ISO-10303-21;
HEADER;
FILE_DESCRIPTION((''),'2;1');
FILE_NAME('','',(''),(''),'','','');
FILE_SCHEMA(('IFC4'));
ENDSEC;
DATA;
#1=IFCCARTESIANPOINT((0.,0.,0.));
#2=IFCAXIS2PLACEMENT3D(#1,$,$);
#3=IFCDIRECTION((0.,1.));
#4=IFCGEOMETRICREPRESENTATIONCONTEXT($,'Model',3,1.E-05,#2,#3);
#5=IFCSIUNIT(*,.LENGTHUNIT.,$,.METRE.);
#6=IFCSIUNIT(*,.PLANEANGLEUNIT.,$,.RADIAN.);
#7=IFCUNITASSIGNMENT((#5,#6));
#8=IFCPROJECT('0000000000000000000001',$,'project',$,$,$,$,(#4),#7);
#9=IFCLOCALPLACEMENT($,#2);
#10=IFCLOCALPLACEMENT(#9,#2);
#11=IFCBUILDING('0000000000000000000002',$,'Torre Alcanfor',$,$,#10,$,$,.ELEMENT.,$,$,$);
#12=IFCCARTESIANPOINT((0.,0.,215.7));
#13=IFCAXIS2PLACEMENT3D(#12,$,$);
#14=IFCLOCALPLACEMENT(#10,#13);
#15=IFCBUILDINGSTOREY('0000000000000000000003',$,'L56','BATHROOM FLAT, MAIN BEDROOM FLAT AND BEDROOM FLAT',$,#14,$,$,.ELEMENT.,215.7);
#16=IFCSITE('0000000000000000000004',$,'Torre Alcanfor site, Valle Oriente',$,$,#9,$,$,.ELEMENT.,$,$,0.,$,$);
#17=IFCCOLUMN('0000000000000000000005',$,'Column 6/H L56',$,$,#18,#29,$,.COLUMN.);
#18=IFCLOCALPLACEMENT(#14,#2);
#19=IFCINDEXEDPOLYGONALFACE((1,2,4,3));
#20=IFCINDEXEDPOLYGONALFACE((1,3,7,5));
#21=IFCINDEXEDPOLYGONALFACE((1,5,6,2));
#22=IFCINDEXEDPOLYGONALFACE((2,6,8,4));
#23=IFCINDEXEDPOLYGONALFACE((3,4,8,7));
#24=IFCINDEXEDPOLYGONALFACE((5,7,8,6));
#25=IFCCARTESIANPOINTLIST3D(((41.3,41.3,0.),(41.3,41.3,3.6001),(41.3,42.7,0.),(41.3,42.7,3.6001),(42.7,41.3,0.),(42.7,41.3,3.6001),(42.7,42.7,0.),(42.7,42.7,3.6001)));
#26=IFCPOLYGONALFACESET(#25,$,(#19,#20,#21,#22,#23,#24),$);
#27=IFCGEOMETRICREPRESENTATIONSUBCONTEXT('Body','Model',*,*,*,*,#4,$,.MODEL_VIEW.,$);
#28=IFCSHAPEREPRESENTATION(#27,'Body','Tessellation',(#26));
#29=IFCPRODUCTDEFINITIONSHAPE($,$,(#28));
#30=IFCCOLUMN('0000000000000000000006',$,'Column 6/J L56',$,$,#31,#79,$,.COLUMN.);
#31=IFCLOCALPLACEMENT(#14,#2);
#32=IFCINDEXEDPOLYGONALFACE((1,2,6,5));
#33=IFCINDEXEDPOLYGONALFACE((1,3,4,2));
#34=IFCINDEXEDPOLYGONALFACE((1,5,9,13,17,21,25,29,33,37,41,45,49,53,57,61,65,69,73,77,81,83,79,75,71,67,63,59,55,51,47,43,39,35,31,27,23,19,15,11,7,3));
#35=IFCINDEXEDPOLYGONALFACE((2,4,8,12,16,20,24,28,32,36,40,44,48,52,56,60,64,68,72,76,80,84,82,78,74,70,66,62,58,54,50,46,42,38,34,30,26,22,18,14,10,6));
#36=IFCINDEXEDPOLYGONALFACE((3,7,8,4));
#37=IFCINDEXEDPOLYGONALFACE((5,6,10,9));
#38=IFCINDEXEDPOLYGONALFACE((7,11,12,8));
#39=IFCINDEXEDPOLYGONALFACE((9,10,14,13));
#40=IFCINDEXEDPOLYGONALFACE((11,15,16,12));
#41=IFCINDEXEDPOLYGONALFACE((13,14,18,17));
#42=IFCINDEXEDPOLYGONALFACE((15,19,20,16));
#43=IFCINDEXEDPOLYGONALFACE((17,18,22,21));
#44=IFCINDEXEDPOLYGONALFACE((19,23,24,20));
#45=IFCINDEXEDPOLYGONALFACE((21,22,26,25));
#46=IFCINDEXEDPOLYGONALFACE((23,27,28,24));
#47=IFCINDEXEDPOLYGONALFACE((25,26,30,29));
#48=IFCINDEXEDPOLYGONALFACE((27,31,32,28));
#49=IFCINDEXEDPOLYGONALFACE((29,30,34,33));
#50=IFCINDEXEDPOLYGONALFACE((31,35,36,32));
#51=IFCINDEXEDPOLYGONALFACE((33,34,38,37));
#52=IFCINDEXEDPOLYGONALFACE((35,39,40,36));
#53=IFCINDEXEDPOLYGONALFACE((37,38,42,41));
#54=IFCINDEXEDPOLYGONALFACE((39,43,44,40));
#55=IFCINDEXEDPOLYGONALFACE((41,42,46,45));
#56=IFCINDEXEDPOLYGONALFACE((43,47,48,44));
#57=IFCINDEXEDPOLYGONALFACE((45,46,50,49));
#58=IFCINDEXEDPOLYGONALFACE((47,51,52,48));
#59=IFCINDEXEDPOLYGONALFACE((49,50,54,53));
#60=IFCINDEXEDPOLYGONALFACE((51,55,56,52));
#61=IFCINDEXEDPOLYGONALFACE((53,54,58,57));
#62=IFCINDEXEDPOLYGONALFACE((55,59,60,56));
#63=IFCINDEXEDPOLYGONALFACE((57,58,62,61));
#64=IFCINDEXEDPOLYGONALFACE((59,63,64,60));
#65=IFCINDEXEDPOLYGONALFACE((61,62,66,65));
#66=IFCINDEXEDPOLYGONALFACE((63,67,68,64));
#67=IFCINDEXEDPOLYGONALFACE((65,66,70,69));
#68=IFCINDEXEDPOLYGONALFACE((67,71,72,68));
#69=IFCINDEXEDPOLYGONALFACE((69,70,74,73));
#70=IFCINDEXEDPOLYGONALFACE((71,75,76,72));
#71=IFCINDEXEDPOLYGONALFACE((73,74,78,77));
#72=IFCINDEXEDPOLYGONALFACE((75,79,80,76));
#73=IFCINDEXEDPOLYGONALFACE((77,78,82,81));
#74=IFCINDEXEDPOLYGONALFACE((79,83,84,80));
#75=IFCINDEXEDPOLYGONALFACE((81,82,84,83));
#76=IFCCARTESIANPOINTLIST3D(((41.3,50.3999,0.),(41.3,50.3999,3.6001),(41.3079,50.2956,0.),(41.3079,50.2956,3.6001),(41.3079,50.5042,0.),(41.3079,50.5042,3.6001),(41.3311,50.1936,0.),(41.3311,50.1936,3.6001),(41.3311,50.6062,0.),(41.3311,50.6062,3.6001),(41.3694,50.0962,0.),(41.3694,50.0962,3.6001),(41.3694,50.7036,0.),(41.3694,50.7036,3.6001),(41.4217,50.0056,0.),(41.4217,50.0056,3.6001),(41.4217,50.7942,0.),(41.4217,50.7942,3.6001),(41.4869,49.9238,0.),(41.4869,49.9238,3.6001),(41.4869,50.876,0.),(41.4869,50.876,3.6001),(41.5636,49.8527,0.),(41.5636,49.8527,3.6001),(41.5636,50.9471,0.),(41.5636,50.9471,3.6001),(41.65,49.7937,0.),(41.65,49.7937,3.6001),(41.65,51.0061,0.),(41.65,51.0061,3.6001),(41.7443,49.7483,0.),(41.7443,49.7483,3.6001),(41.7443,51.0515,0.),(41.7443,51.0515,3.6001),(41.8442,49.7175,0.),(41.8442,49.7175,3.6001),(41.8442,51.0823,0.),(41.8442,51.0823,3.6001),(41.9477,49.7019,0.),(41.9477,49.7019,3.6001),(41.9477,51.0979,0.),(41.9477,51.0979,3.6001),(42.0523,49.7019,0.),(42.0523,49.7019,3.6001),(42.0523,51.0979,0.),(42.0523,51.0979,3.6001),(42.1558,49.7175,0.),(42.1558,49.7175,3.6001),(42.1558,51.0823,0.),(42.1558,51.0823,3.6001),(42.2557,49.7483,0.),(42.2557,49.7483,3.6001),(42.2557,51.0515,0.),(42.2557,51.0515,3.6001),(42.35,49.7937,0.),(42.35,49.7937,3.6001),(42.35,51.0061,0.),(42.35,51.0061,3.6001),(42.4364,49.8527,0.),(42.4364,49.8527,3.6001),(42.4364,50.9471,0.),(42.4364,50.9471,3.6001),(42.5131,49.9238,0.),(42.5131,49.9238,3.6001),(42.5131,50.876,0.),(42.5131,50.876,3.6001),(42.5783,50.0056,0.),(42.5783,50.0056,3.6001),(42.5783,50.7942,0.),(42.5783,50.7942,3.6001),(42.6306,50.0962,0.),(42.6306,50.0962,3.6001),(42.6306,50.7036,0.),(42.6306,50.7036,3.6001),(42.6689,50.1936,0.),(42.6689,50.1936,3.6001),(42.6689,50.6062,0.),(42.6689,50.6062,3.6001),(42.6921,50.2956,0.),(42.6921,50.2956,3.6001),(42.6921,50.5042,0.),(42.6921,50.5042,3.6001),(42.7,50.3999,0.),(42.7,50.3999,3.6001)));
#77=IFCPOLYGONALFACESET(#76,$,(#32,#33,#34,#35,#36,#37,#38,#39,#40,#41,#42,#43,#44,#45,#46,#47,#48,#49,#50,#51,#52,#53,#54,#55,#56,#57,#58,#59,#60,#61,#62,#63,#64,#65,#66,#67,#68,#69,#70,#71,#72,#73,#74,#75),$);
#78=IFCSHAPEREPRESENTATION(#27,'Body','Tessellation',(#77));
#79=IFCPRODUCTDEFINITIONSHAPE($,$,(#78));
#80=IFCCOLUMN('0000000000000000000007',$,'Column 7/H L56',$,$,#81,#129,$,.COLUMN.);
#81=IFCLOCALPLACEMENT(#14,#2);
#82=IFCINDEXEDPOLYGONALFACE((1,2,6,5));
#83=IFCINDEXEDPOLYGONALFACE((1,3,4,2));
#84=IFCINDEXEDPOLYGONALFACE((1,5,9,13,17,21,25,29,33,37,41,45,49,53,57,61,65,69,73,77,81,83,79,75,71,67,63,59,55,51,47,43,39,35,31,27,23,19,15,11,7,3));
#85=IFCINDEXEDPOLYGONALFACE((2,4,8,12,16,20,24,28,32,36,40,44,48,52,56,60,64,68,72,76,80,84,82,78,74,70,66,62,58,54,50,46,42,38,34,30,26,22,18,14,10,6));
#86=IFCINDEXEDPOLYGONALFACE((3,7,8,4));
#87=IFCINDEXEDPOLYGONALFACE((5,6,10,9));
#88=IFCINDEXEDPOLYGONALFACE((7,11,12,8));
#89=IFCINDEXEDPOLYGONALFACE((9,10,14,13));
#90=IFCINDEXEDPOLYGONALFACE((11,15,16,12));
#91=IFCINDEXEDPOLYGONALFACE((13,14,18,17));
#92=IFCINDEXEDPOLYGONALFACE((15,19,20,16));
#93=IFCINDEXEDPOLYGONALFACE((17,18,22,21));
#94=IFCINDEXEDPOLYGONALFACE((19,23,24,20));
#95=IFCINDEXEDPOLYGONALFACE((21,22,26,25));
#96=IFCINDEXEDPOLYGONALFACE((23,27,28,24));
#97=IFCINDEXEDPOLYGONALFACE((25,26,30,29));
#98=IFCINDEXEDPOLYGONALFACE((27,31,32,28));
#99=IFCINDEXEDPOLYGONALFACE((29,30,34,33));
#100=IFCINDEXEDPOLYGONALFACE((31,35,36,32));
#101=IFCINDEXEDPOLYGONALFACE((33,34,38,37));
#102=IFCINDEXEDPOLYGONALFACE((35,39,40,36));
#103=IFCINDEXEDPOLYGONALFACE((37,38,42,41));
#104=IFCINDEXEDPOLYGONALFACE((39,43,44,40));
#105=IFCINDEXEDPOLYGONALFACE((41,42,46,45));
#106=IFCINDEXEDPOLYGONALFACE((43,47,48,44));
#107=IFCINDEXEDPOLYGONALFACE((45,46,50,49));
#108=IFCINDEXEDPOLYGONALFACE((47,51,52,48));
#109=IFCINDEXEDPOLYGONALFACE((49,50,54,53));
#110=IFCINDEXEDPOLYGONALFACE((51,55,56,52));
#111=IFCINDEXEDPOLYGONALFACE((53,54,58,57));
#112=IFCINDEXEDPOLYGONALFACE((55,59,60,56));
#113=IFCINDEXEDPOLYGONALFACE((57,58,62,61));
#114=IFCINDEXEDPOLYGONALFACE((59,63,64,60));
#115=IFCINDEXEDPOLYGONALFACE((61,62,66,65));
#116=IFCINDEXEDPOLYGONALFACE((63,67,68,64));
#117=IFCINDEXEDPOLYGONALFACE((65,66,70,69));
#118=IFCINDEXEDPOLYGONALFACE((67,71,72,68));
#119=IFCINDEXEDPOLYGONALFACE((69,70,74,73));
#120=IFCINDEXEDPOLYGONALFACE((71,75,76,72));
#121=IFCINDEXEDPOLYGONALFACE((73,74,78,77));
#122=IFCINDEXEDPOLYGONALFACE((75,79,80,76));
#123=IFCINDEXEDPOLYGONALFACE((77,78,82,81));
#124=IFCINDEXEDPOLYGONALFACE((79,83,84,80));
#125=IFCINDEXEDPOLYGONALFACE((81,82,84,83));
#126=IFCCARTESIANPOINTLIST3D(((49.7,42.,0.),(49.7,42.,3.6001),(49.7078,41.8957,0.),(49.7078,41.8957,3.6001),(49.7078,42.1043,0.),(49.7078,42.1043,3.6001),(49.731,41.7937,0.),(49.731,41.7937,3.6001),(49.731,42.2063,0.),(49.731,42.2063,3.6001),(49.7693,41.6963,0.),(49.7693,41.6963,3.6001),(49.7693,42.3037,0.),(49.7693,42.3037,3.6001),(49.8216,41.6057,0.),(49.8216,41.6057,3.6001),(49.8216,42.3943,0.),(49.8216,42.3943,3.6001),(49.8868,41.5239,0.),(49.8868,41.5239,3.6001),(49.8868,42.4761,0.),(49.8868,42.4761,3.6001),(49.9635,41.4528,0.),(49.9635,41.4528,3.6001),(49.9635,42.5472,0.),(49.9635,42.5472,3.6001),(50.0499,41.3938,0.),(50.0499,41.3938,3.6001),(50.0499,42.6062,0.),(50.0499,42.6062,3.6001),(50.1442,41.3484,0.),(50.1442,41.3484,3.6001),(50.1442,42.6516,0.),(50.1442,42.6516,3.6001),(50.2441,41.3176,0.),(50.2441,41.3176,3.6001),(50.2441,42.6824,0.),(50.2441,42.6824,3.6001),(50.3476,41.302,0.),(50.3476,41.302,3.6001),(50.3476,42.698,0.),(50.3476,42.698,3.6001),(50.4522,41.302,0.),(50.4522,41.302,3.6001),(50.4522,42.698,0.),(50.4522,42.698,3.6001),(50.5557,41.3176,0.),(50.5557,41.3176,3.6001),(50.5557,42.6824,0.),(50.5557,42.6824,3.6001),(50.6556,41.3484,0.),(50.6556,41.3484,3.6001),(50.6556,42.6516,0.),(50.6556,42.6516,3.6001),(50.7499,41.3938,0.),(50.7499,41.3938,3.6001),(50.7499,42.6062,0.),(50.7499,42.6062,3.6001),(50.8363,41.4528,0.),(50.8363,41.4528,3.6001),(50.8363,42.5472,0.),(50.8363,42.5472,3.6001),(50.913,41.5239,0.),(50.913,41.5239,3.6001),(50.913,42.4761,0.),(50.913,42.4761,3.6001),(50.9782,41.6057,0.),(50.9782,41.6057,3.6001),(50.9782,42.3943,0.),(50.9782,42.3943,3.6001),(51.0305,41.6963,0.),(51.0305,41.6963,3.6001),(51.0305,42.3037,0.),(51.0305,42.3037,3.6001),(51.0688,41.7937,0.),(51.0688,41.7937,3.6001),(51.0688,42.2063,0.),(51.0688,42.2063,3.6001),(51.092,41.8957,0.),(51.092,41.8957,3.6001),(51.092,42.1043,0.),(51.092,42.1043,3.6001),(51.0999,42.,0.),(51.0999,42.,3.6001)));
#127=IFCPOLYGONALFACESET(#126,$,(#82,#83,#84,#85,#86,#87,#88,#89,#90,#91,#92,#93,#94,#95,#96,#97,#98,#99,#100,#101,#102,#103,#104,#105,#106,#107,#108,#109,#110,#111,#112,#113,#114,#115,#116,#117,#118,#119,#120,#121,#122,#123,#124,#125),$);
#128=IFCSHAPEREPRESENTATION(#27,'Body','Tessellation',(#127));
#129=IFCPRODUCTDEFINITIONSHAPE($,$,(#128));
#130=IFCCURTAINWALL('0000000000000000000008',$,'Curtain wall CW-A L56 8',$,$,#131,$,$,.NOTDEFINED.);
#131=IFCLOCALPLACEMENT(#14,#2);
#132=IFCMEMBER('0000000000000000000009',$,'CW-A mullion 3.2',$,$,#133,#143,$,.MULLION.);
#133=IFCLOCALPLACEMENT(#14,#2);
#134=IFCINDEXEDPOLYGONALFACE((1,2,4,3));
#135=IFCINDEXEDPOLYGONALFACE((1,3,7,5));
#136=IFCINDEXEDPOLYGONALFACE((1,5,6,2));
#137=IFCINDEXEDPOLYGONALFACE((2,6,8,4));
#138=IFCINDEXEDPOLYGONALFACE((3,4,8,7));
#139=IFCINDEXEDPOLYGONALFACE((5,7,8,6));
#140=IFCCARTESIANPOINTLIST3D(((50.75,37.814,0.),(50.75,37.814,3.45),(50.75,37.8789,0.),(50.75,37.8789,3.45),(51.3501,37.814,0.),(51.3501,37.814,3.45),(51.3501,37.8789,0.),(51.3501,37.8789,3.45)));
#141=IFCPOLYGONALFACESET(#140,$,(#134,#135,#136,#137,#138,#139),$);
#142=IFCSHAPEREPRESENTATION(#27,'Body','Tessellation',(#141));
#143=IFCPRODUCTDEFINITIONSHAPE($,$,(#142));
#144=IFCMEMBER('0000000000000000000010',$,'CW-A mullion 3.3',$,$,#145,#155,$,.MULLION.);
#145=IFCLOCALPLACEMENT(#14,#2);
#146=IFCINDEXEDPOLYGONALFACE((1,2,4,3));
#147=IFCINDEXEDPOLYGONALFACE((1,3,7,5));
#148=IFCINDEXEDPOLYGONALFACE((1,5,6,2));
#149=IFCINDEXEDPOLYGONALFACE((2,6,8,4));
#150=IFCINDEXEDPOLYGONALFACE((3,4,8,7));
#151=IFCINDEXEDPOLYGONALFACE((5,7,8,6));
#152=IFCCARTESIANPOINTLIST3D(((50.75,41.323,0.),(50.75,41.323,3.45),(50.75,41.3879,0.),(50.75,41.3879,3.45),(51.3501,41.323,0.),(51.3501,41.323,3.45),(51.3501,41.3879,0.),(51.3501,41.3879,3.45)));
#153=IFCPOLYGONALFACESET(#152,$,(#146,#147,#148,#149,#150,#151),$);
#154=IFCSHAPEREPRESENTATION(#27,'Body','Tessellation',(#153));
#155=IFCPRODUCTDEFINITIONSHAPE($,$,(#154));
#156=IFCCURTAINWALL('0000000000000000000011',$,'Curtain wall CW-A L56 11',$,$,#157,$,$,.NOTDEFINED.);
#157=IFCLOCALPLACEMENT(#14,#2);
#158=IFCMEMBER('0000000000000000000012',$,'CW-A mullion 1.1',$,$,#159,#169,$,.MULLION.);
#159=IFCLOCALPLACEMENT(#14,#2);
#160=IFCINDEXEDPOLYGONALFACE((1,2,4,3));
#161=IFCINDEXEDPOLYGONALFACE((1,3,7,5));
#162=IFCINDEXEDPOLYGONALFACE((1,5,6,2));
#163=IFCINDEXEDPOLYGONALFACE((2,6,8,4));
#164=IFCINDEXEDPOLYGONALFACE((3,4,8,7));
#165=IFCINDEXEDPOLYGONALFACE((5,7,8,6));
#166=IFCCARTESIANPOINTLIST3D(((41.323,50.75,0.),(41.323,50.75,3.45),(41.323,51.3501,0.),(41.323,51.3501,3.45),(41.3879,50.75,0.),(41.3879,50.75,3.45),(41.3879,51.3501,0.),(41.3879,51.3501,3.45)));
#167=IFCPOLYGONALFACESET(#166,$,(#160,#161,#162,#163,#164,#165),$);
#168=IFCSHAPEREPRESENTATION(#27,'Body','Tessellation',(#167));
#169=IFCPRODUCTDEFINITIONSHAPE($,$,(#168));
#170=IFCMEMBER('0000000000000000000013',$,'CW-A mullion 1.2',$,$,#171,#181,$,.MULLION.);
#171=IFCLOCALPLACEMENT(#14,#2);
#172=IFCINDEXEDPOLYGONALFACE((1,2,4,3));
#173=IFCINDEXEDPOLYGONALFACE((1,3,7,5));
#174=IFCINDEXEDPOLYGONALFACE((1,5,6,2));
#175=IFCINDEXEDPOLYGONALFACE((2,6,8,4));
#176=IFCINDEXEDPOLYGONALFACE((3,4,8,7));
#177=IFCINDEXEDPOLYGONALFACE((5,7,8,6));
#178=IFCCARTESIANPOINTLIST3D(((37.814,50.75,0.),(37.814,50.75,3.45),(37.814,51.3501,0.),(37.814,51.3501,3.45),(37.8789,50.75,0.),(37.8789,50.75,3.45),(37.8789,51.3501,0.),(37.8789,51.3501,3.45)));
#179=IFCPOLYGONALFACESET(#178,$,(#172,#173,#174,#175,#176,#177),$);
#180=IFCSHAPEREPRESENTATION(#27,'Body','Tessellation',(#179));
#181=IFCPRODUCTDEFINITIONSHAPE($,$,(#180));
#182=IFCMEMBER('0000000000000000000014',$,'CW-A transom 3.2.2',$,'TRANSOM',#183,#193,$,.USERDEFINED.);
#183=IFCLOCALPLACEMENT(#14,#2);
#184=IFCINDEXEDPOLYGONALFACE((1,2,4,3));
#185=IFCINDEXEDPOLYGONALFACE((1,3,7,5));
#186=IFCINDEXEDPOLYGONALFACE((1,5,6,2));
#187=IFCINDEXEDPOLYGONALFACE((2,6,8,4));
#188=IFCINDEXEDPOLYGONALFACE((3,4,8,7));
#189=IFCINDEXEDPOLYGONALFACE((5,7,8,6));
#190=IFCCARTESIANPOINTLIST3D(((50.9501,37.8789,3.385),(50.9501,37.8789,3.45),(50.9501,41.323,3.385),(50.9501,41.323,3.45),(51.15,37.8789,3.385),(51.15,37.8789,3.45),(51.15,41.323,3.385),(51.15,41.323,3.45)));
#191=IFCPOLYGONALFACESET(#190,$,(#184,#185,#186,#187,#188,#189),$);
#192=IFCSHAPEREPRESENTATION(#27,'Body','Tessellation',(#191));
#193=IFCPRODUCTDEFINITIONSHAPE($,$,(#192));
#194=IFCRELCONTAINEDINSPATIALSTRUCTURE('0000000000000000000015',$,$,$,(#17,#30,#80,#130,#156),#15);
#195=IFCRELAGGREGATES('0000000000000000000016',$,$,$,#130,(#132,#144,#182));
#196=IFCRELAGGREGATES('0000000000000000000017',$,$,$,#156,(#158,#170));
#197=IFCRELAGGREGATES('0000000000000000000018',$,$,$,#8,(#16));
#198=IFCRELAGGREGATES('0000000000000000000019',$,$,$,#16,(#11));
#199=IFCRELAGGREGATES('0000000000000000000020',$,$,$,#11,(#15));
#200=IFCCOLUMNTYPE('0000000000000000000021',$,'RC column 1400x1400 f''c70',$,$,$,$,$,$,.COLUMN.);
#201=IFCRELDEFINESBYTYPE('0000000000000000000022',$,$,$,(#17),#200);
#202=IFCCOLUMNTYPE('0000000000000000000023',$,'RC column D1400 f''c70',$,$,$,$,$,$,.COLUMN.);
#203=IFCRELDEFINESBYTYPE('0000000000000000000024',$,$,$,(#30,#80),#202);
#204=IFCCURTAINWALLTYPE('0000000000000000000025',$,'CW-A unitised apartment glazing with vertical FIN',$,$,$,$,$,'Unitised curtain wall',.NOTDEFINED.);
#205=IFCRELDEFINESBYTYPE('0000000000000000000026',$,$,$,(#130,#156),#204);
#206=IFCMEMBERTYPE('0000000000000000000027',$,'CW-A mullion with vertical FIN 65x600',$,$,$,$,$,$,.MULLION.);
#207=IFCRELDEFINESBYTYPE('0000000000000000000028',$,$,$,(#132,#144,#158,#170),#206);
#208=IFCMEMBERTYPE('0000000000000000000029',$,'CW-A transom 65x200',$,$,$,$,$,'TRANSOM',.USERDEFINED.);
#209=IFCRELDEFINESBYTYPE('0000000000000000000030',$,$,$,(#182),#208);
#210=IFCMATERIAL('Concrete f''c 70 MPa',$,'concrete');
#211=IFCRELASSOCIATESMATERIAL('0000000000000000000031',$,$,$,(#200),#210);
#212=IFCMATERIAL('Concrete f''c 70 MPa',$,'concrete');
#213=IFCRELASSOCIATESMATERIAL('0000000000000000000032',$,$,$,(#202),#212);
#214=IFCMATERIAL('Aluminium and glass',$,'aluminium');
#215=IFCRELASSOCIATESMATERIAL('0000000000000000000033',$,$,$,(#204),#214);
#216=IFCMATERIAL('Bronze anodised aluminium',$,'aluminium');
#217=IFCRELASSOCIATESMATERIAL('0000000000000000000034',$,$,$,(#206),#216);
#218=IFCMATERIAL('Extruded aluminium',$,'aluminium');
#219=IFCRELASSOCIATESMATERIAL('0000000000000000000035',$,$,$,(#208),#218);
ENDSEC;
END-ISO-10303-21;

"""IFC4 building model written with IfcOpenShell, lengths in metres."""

from ifc_helpers import new_model, si_unit, direction, frame, origin, origin_2d, place, context, subcontext, project, spatial, rectangle, circle, extrude, material, material_profile, profile_set, type_object, element, aggregate, save


model = new_model("IFC4")

# Units and contexts
model_context = context("Model", 3, precision=1e-05, world=origin(), true_north=direction((0.0, 1.0)))
body_context = subcontext(model_context, "Body", "Model", "MODEL_VIEW")
ifc_project = project(units=[si_unit("LENGTHUNIT", "METRE"), si_unit("PLANEANGLEUNIT", "RADIAN")], contexts=[model_context])

# Site, building, storey
site_placement = place(None, origin())
site = spatial("IfcSite", under=ifc_project, at=site_placement, Name="Torre Alcanfor site, Valle Oriente", CompositionType="ELEMENT", RefElevation=0.0)
building_placement = place(site_placement, origin())
building = spatial("IfcBuilding", under=site, at=building_placement, Name="Torre Alcanfor", CompositionType="ELEMENT")
storey_placement = place(building_placement, frame((0.0, 0.0, 215.7)))
storey = spatial("IfcBuildingStorey", under=building, at=storey_placement, Name="L56", Description="BATHROOM FLAT, MAIN BEDROOM FLAT AND BEDROOM FLAT", CompositionType="ELEMENT", Elevation=215.7)

# Columns
ifc_material_1 = material(Name="Concrete f'c 70 MPa", Category="concrete")
ifc_material_profile_1 = material_profile(ifc_material_1, rectangle(XDim=1.3999, YDim=1.3999, at=origin_2d()), Name="1400x1400")
ifc_profile_set_1 = profile_set([ifc_material_profile_1], Name="Concrete f'c 70 MPa")
column_type_1 = type_object("IfcColumnType", Name="RC column 1400x1400 f'c70", PredefinedType="COLUMN", material=ifc_profile_set_1)
column_placement = place(storey_placement, frame((42.0, 42.0, 0.0), z_axis=(0.0, 0.0, 1.0), x_axis=(1.0, 0.0, 0.0)))
element("IfcColumn", 1, at=column_placement, inside=storey, type_object=column_type_1, Name="Column 6/H L56", PredefinedType="COLUMN", context=body_context, shape_type="SweptSolid", body=[
    extrude(rectangle(XDim=1.3999, YDim=1.3999, at=origin_2d()), origin(), (0.0, 0.0, 1.0), 3.6001),
])
ifc_material_2 = material(Name="Concrete f'c 70 MPa", Category="concrete")
ifc_material_profile_2 = material_profile(ifc_material_2, circle(Radius=0.7, at=origin_2d()), Name="D1400")
ifc_profile_set_2 = profile_set([ifc_material_profile_2], Name="Concrete f'c 70 MPa")
column_type_2 = type_object("IfcColumnType", Name="RC column D1400 f'c70", PredefinedType="COLUMN", material=ifc_profile_set_2)
for number, where, z_axis, x_axis, name in (
    (2, (42.0, 50.3999, 0.0), (0.0, 0.0, 1.0), (1.0, 0.0, 0.0), "Column 6/J L56"),
    (3, (50.3999, 42.0, 0.0), (0.0, 0.0, 1.0), (1.0, 0.0, 0.0), "Column 7/H L56"),
):
    element("IfcColumn", number, at=place(storey_placement, frame(where, z_axis=z_axis, x_axis=x_axis)), inside=storey, type_object=column_type_2, Name=name, PredefinedType="COLUMN", context=body_context, shape_type="SweptSolid", body=[
        extrude(circle(Radius=0.7, at=origin_2d()), origin(), (0.0, 0.0, 1.0), 3.6001),
    ])

# Curtain walls, members
ifc_material_3 = material(Name="Aluminium and glass", Category="aluminium")
curtain_wall_type = type_object("IfcCurtainWallType", Name="CW-A unitised apartment glazing with vertical FIN", ElementType="Unitised curtain wall", PredefinedType="NOTDEFINED", material=ifc_material_3)
curtain_wall_1_placement = place(storey_placement, origin())
curtain_wall_1 = element("IfcCurtainWall", 4, at=curtain_wall_1_placement, inside=storey, type_object=curtain_wall_type, Name="Curtain wall CW-A L56 8", PredefinedType="NOTDEFINED")
ifc_material_4 = material(Name="Bronze anodised aluminium", Category="aluminium")
ifc_material_profile_3 = material_profile(ifc_material_4, rectangle(XDim=0.6001, YDim=0.0649, at=origin_2d()), Name="CW-A mullion 65x600")
ifc_profile_set_3 = profile_set([ifc_material_profile_3], Name="Bronze anodised aluminium")
member_type_1 = type_object("IfcMemberType", Name="CW-A mullion with vertical FIN 65x600", PredefinedType="MULLION", material=ifc_profile_set_3)
member_1_placement = place(storey_placement, frame((51.05, 37.8464, 0.0), z_axis=(0.0, 0.0, 1.0), x_axis=(-1.0, 0.0, 0.0)))
member_1 = element("IfcMember", 5, at=member_1_placement, type_object=member_type_1, Name="CW-A mullion 3.2", PredefinedType="MULLION", context=body_context, shape_type="SweptSolid", body=[
    extrude(rectangle(XDim=0.6001, YDim=0.0649, at=origin_2d()), origin(), (0.0, 0.0, 1.0), 3.45),
])
member_2_placement = place(storey_placement, frame((51.05, 41.3555, 0.0), z_axis=(0.0, 0.0, 1.0), x_axis=(-1.0, 0.0, 0.0)))
member_2 = element("IfcMember", 6, at=member_2_placement, type_object=member_type_1, Name="CW-A mullion 3.3", PredefinedType="MULLION", context=body_context, shape_type="SweptSolid", body=[
    extrude(rectangle(XDim=0.6001, YDim=0.0649, at=origin_2d()), origin(), (0.0, 0.0, 1.0), 3.45),
])
curtain_wall_2_placement = place(storey_placement, origin())
curtain_wall_2 = element("IfcCurtainWall", 7, at=curtain_wall_2_placement, inside=storey, type_object=curtain_wall_type, Name="Curtain wall CW-A L56 11", PredefinedType="NOTDEFINED")
member_3_placement = place(storey_placement, frame((41.3555, 51.05, 0.0), z_axis=(0.0, 0.0, 1.0), x_axis=(0.0, -1.0, 0.0)))
member_3 = element("IfcMember", 8, at=member_3_placement, type_object=member_type_1, Name="CW-A mullion 1.1", PredefinedType="MULLION", context=body_context, shape_type="SweptSolid", body=[
    extrude(rectangle(XDim=0.6001, YDim=0.0649, at=origin_2d()), origin(), (0.0, 0.0, 1.0), 3.45),
])
member_4_placement = place(storey_placement, frame((37.8464, 51.05, 0.0), z_axis=(0.0, 0.0, 1.0), x_axis=(0.0, -1.0, 0.0)))
member_4 = element("IfcMember", 9, at=member_4_placement, type_object=member_type_1, Name="CW-A mullion 1.2", PredefinedType="MULLION", context=body_context, shape_type="SweptSolid", body=[
    extrude(rectangle(XDim=0.6001, YDim=0.0649, at=origin_2d()), origin(), (0.0, 0.0, 1.0), 3.45),
])

# Member
ifc_material_5 = material(Name="Extruded aluminium", Category="aluminium")
ifc_material_profile_4 = material_profile(ifc_material_5, rectangle(XDim=0.2, YDim=0.0649, at=origin_2d()), Name="CW-A transom 200x65")
ifc_profile_set_4 = profile_set([ifc_material_profile_4], Name="Extruded aluminium")
member_type_2 = type_object("IfcMemberType", Name="CW-A transom 65x200", ElementType="TRANSOM", PredefinedType="USERDEFINED", material=ifc_profile_set_4)
member_5_placement = place(storey_placement, frame((51.05, 37.8789, 3.4175), z_axis=(0.0, 1.0, 0.0), x_axis=(-1.0, 0.0, 0.0)))
member_5 = element("IfcMember", 10, at=member_5_placement, type_object=member_type_2, Name="CW-A transom 3.2.2", ObjectType="TRANSOM", PredefinedType="USERDEFINED", context=body_context, shape_type="SweptSolid", body=[
    extrude(rectangle(XDim=0.2, YDim=0.0649, at=origin_2d()), origin(), (0.0, 0.0, 1.0), 3.4441),
])

aggregate(curtain_wall_1, [member_1, member_2, member_5])
aggregate(curtain_wall_2, [member_3, member_4])

save(model, "model.ifc")
